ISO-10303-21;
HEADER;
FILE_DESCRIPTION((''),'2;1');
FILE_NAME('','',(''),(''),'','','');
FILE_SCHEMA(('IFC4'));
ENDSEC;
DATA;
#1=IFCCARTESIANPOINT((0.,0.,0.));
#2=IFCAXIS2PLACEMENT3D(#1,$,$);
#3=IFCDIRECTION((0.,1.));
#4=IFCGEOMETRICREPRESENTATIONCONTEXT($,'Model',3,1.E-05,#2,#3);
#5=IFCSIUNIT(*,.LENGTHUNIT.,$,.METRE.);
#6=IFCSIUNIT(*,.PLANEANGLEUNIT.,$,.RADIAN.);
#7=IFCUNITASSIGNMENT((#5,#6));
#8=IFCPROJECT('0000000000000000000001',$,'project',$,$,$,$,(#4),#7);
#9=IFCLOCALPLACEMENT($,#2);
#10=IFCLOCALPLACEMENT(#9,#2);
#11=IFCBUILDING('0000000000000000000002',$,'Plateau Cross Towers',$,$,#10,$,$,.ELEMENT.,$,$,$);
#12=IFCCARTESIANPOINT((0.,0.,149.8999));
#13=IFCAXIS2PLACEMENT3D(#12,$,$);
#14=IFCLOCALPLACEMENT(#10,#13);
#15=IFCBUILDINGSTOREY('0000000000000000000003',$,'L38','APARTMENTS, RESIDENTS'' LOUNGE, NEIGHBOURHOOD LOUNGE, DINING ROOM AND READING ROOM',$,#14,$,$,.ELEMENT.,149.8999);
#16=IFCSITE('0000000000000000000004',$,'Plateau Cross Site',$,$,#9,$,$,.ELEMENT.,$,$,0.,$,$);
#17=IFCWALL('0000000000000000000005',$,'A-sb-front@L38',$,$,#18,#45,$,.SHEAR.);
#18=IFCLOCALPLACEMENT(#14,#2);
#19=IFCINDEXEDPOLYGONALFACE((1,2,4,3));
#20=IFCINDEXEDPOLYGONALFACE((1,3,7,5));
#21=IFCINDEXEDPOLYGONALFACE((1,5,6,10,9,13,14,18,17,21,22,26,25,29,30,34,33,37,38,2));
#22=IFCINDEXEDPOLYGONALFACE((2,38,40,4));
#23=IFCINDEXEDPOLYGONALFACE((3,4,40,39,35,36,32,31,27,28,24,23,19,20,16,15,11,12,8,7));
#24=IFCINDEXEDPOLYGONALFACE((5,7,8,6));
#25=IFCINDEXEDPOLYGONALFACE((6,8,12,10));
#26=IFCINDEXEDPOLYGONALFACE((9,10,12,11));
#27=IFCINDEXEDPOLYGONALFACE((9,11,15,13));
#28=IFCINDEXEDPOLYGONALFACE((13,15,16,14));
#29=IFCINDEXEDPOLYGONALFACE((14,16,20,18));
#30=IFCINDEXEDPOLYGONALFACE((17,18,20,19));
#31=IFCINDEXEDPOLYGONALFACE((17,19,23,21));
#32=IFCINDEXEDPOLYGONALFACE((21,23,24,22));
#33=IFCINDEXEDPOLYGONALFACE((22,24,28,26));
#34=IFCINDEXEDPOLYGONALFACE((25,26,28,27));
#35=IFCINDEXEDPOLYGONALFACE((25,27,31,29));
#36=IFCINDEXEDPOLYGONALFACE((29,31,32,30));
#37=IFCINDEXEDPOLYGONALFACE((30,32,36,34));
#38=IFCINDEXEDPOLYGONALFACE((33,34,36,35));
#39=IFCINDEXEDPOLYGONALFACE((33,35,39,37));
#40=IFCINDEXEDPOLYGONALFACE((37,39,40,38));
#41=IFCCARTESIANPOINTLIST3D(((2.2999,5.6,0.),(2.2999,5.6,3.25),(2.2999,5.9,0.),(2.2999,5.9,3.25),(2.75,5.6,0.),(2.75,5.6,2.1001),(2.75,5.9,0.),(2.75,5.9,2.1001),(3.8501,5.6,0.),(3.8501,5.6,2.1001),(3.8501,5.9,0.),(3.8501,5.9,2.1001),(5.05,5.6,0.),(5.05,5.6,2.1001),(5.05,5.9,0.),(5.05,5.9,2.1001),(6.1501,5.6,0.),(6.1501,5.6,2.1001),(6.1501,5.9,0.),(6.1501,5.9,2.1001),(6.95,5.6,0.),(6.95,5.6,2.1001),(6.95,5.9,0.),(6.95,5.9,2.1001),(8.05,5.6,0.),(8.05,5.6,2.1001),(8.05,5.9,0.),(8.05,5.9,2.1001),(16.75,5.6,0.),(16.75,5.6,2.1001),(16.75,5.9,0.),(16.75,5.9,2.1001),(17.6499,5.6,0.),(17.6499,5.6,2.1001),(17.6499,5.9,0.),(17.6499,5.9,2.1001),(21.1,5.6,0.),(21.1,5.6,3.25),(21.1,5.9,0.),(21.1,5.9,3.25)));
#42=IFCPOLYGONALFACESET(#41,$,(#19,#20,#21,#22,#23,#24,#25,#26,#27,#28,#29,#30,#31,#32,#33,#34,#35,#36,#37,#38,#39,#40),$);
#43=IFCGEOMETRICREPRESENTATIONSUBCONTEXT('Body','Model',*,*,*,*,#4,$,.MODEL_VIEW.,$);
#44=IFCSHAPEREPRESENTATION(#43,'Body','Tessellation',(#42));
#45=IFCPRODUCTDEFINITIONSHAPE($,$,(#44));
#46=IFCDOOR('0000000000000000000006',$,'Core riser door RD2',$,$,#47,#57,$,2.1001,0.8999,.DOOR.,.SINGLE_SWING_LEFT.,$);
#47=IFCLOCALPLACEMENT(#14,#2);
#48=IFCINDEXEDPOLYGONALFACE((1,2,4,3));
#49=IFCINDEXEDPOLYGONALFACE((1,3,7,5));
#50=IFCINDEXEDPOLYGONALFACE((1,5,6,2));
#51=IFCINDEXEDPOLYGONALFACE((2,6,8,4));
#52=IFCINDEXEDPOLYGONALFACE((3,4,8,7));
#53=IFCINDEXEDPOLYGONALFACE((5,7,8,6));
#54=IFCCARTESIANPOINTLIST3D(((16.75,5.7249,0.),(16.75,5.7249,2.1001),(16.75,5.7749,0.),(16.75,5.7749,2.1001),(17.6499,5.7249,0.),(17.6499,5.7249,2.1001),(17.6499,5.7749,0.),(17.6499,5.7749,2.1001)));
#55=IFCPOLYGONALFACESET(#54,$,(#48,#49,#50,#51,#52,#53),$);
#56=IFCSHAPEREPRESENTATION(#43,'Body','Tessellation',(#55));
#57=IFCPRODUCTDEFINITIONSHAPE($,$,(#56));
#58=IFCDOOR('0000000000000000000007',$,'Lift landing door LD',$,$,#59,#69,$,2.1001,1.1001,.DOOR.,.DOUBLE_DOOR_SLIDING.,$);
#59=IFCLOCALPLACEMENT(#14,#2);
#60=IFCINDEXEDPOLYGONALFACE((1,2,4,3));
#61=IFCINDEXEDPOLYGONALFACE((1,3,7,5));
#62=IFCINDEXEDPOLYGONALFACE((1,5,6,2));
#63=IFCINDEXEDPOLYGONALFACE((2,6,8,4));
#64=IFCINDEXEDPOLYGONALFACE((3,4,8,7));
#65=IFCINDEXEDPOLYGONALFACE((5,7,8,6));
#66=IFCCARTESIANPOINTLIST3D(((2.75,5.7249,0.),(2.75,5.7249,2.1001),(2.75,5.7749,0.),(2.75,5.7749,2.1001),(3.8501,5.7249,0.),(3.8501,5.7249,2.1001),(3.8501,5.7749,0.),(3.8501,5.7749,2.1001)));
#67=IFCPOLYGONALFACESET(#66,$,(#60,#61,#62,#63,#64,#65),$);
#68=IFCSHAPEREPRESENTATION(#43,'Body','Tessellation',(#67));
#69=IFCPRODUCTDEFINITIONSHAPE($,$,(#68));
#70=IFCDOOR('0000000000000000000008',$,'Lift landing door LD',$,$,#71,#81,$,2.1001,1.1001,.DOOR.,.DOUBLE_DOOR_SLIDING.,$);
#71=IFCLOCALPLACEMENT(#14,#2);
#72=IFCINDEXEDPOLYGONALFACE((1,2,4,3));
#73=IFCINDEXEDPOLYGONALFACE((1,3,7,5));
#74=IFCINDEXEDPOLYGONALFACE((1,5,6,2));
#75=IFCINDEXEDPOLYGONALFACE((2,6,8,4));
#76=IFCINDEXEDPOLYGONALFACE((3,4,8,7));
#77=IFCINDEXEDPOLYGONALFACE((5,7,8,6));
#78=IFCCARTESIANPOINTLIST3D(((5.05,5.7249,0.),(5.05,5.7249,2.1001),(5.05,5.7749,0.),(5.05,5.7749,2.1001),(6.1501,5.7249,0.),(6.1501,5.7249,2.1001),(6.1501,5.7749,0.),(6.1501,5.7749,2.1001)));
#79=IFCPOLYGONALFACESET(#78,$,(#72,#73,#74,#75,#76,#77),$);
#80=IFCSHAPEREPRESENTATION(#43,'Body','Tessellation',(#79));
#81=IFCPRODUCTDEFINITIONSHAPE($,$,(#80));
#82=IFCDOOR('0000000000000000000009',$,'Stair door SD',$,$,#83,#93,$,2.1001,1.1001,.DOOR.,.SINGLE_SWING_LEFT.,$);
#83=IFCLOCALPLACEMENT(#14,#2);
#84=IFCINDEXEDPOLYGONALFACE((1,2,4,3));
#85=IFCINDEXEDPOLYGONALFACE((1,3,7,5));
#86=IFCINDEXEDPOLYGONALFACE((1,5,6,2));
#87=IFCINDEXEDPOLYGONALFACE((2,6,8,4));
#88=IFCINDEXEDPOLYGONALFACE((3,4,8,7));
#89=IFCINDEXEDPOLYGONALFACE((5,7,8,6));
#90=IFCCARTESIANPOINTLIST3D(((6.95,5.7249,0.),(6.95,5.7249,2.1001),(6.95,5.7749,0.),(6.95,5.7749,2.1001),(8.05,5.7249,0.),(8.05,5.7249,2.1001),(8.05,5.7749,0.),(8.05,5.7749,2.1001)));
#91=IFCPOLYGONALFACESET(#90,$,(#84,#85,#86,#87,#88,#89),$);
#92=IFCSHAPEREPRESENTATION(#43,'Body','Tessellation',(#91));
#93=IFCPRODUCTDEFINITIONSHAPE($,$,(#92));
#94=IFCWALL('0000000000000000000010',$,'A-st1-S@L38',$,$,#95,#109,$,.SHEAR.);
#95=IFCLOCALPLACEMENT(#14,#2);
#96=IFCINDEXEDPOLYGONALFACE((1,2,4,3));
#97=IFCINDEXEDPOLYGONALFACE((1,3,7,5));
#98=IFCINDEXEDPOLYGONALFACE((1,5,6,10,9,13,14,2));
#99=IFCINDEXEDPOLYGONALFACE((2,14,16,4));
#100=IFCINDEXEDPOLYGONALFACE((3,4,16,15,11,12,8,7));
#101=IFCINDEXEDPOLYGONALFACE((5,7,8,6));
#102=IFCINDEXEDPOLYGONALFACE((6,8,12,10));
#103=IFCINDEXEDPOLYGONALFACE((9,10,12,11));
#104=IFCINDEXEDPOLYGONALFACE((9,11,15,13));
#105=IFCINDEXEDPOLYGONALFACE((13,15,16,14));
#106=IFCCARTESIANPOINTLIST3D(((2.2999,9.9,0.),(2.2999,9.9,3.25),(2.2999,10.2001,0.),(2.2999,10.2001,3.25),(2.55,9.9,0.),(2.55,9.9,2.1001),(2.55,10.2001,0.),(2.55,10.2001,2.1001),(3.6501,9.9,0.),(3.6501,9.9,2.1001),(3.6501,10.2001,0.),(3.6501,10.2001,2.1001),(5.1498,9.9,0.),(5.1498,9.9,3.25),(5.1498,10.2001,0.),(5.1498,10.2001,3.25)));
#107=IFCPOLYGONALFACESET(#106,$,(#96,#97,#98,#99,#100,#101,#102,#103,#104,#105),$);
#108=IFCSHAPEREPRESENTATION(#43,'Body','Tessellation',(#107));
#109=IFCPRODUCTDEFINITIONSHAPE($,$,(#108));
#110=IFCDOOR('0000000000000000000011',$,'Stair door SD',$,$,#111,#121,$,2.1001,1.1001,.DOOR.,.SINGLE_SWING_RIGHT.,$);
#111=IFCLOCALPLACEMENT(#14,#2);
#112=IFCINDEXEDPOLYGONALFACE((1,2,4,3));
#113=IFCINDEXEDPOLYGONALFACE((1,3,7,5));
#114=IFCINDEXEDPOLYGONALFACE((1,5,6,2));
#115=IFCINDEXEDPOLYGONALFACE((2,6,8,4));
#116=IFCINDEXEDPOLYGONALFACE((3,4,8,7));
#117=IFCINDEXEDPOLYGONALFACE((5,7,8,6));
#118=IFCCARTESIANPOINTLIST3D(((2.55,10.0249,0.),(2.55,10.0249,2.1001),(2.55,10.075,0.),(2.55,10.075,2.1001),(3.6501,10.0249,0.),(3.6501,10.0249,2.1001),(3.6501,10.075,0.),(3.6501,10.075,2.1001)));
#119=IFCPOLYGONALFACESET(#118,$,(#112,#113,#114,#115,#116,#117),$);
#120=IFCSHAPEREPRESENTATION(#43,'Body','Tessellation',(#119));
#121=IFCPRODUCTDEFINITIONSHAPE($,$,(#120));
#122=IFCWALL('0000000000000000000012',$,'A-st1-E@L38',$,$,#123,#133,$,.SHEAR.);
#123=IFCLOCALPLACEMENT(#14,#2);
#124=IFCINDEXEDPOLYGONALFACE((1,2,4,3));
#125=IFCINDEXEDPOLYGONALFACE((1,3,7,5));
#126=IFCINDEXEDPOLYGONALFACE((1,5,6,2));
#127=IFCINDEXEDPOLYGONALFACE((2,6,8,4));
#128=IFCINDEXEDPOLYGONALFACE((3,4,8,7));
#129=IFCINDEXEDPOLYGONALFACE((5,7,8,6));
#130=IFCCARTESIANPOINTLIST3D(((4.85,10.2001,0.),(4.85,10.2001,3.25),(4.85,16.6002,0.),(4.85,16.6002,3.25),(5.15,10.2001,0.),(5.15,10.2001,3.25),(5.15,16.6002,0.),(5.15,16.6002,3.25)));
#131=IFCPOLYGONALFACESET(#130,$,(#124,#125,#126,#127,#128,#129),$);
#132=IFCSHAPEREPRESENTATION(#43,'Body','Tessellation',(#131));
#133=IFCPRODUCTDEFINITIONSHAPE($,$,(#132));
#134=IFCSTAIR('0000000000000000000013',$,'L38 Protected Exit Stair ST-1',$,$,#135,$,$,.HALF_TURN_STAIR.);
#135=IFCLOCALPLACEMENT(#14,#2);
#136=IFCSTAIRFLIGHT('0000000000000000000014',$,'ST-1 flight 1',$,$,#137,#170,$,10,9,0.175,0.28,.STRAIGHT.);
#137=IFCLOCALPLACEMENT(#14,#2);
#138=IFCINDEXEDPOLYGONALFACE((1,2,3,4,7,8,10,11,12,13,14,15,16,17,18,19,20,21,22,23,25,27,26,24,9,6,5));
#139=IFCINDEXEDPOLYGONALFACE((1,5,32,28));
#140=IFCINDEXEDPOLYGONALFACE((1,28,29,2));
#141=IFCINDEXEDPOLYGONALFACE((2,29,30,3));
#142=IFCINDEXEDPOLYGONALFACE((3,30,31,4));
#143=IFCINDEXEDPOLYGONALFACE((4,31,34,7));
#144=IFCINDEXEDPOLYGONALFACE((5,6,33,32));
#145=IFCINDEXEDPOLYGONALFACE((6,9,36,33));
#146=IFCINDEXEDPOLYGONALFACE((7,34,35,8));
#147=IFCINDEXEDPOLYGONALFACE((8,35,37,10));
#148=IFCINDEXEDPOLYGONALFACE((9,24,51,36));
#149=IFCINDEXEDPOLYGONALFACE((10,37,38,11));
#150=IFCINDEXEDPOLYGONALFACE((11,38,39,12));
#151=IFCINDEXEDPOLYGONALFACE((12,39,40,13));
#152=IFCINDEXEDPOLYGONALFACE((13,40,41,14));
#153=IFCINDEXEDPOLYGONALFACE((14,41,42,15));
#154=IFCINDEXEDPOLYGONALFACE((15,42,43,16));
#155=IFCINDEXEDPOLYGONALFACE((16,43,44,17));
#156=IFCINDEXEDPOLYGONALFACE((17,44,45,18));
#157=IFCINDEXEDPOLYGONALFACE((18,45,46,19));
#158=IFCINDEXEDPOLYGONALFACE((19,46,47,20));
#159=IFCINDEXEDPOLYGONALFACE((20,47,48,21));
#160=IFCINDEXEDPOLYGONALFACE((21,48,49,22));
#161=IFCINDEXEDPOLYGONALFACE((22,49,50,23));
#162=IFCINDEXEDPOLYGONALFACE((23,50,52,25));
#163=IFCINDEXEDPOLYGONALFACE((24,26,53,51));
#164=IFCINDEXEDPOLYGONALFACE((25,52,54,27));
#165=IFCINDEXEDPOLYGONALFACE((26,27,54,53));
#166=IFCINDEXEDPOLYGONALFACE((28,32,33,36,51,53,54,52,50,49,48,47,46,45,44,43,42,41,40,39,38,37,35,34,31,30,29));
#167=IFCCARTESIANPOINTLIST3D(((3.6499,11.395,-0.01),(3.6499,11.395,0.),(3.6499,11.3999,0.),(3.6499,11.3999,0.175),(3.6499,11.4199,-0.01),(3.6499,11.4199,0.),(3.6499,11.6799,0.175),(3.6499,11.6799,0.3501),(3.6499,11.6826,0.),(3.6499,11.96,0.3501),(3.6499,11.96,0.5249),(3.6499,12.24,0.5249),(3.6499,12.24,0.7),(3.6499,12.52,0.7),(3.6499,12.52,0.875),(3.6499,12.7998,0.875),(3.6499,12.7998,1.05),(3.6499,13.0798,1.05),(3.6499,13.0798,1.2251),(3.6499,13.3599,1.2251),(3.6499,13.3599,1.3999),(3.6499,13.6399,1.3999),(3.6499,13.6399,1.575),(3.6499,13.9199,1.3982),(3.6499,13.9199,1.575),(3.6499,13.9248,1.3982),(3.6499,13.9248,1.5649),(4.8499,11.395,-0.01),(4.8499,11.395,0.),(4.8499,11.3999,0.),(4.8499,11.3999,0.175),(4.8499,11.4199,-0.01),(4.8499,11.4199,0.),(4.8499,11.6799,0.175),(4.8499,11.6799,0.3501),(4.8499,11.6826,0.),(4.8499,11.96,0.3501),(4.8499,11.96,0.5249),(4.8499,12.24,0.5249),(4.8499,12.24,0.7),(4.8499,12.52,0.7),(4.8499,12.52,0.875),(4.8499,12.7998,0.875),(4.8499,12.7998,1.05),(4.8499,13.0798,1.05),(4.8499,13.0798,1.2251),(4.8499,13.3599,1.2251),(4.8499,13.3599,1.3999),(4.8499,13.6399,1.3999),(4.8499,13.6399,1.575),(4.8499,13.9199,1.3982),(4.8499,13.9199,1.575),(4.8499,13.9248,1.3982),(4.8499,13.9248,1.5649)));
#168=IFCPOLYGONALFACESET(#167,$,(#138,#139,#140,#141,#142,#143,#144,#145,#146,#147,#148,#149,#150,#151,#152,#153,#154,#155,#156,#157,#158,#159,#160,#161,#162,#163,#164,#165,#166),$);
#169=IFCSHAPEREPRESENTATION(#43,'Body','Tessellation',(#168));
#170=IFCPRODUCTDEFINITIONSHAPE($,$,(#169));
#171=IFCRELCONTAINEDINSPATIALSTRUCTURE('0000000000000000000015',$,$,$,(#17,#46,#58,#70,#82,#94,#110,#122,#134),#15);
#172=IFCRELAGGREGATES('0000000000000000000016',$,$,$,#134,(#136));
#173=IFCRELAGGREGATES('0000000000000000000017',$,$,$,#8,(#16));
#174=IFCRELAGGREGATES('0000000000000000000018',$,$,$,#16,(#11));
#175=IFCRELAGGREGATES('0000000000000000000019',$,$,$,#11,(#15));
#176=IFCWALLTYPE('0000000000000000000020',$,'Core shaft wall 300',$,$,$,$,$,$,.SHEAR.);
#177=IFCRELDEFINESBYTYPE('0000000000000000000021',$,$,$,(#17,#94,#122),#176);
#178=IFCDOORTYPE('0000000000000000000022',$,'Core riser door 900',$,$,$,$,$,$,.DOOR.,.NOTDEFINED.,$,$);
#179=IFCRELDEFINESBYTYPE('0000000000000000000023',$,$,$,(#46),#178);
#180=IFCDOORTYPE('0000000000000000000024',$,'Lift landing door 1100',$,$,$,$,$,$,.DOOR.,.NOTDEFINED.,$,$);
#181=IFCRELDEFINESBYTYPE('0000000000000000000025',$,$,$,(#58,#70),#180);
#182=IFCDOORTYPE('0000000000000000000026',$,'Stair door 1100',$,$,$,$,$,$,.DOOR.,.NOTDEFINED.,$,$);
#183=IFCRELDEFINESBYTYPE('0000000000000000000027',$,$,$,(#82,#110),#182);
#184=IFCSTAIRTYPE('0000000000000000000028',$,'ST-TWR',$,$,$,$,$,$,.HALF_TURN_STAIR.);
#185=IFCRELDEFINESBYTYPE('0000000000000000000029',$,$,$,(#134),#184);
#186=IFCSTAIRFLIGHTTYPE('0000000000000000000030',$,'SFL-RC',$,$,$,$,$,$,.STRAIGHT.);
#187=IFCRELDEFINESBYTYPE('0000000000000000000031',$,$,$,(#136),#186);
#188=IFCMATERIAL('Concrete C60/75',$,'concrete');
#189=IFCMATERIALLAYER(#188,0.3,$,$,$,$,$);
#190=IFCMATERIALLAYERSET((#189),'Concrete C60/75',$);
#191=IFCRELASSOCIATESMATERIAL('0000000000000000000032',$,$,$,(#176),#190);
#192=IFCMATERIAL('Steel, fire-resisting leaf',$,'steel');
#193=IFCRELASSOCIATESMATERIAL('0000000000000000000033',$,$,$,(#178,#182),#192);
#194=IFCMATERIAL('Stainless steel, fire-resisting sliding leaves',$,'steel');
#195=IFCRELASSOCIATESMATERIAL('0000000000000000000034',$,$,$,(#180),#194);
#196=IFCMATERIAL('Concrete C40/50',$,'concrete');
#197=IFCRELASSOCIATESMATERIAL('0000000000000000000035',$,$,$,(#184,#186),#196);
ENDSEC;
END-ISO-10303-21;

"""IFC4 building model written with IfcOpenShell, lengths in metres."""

from ifc_helpers import new_model, si_unit, direction, frame, frame_2d, origin, place, context, subcontext, project, spatial, polyline, rectangle, outline, extrude, material, layer, layer_set, type_object, element, fill, aggregate, save


model = new_model("IFC4")

# Units and contexts
model_context = context("Model", 3, precision=1e-05, world=origin(), true_north=direction((0.0, 1.0)))
body_context = subcontext(model_context, "Body", "Model", "MODEL_VIEW")
ifc_project = project(units=[si_unit("LENGTHUNIT", "METRE"), si_unit("PLANEANGLEUNIT", "RADIAN")], contexts=[model_context])

# Site, building, storey
site_placement = place(None, origin())
site = spatial("IfcSite", under=ifc_project, at=site_placement, Name="Plateau Cross Site", CompositionType="ELEMENT", RefElevation=0.0)
building_placement = place(site_placement, origin())
building = spatial("IfcBuilding", under=site, at=building_placement, Name="Plateau Cross Towers", CompositionType="ELEMENT")
storey_placement = place(building_placement, frame((0.0, 0.0, 149.8999)))
storey = spatial("IfcBuildingStorey", under=building, at=storey_placement, Name="L38", Description="APARTMENTS, RESIDENTS' LOUNGE, NEIGHBOURHOOD LOUNGE, DINING ROOM AND READING ROOM", CompositionType="ELEMENT", Elevation=149.8999)

# Shared definitions
ifc_material_1 = material(Name="Steel, fire-resisting leaf", Category="steel")

# Wall, openings, doors
ifc_material_2 = material(Name="Concrete C60/75", Category="concrete")
ifc_layer_1 = layer(ifc_material_2, 0.3)
ifc_layer_set_1 = layer_set([ifc_layer_1], Name="Concrete C60/75")
wall_type_1 = type_object("IfcWallType", Name="Core shaft wall 300", PredefinedType="SHEAR", material=ifc_layer_set_1)
wall_1_placement = place(storey_placement, frame((2.3, 5.75, 0.0), z_axis=(0.0, 0.0, 1.0), x_axis=(1.0, 0.0, 0.0)))
wall_1 = element("IfcWall", 1, at=wall_1_placement, inside=storey, type_object=wall_type_1, Name="A-sb-front@L38", PredefinedType="SHEAR", context=body_context, shape_type="SweptSolid", body=[
    extrude(rectangle(XDim=18.8, YDim=0.3, at=frame_2d((9.3999, 0.0))), origin(), (0.0, 0.0, 1.0), 3.25),
])
opening_1_placement = place(wall_1_placement, frame((4.6499, 0.0, 0.0)))
opening_1 = element("IfcOpeningElement", 2, at=opening_1_placement, cuts=wall_1, PredefinedType="OPENING", context=body_context, shape_type="SweptSolid", body=[
    extrude(rectangle(XDim=1.1001, YDim=2.1001, at=frame_2d((0.55, 1.05))), frame((0.0, 0.1599, 0.0), z_axis=(0.0, -1.0, 0.0), x_axis=(1.0, 0.0, 0.0)), (0.0, 0.0, 1.0), 0.3201),
])
opening_2_placement = place(wall_1_placement, frame((0.45, 0.0, 0.0)))
opening_2 = element("IfcOpeningElement", 3, at=opening_2_placement, cuts=wall_1, PredefinedType="OPENING", context=body_context, shape_type="SweptSolid", body=[
    extrude(rectangle(XDim=1.1001, YDim=2.1001, at=frame_2d((0.55, 1.05))), frame((0.0, 0.1599, 0.0), z_axis=(0.0, -1.0, 0.0), x_axis=(1.0, 0.0, 0.0)), (0.0, 0.0, 1.0), 0.3201),
])
opening_3_placement = place(wall_1_placement, frame((2.75, 0.0, 0.0)))
opening_3 = element("IfcOpeningElement", 4, at=opening_3_placement, cuts=wall_1, PredefinedType="OPENING", context=body_context, shape_type="SweptSolid", body=[
    extrude(rectangle(XDim=1.1001, YDim=2.1001, at=frame_2d((0.55, 1.05))), frame((0.0, 0.1599, 0.0), z_axis=(0.0, -1.0, 0.0), x_axis=(1.0, 0.0, 0.0)), (0.0, 0.0, 1.0), 0.3201),
])
opening_4_placement = place(wall_1_placement, frame((14.45, 0.0, 0.0)))
opening_4 = element("IfcOpeningElement", 5, at=opening_4_placement, cuts=wall_1, PredefinedType="OPENING", context=body_context, shape_type="SweptSolid", body=[
    extrude(rectangle(XDim=0.8999, YDim=2.1001, at=frame_2d((0.45, 1.05))), frame((0.0, 0.1599, 0.0), z_axis=(0.0, -1.0, 0.0), x_axis=(1.0, 0.0, 0.0)), (0.0, 0.0, 1.0), 0.3201),
])
door_type_1 = type_object("IfcDoorType", Name="Core riser door 900", OperationType="NOTDEFINED", PredefinedType="DOOR", material=ifc_material_1)
door_1_placement = place(opening_4_placement, origin())
door_1 = element("IfcDoor", 6, at=door_1_placement, inside=storey, type_object=door_type_1, Name="Core riser door RD2", OperationType="SINGLE_SWING_LEFT", OverallHeight=2.1001, OverallWidth=0.8999, PredefinedType="DOOR", context=body_context, shape_type="SweptSolid", body=[
    extrude(rectangle(XDim=0.8999, YDim=2.1001, at=frame_2d((0.45, 1.05))), frame((0.0, 0.0249, 0.0), z_axis=(0.0, -1.0, 0.0), x_axis=(1.0, 0.0, 0.0)), (0.0, 0.0, 1.0), 0.05),
])
fill(opening_4, door_1)
ifc_material_3 = material(Name="Stainless steel, fire-resisting sliding leaves", Category="steel")
door_type_2 = type_object("IfcDoorType", Name="Lift landing door 1100", OperationType="NOTDEFINED", PredefinedType="DOOR", material=ifc_material_3)
door_2_placement = place(opening_2_placement, origin())
door_2 = element("IfcDoor", 7, at=door_2_placement, inside=storey, type_object=door_type_2, Name="Lift landing door LD", OperationType="DOUBLE_DOOR_SLIDING", OverallHeight=2.1001, OverallWidth=1.1001, PredefinedType="DOOR", context=body_context, shape_type="SweptSolid", body=[
    extrude(rectangle(XDim=1.1001, YDim=2.1001, at=frame_2d((0.55, 1.05))), frame((0.0, 0.0249, 0.0), z_axis=(0.0, -1.0, 0.0), x_axis=(1.0, 0.0, 0.0)), (0.0, 0.0, 1.0), 0.05),
])
fill(opening_2, door_2)
door_3_placement = place(opening_3_placement, origin())
door_3 = element("IfcDoor", 8, at=door_3_placement, inside=storey, type_object=door_type_2, Name="Lift landing door LD", OperationType="DOUBLE_DOOR_SLIDING", OverallHeight=2.1001, OverallWidth=1.1001, PredefinedType="DOOR", context=body_context, shape_type="SweptSolid", body=[
    extrude(rectangle(XDim=1.1001, YDim=2.1001, at=frame_2d((0.55, 1.05))), frame((0.0, 0.0249, 0.0), z_axis=(0.0, -1.0, 0.0), x_axis=(1.0, 0.0, 0.0)), (0.0, 0.0, 1.0), 0.05),
])
fill(opening_3, door_3)
door_type_3 = type_object("IfcDoorType", Name="Stair door 1100", OperationType="NOTDEFINED", PredefinedType="DOOR", material=ifc_material_1)
door_4_placement = place(opening_1_placement, origin())
door_4 = element("IfcDoor", 9, at=door_4_placement, inside=storey, type_object=door_type_3, Name="Stair door SD", OperationType="SINGLE_SWING_LEFT", OverallHeight=2.1001, OverallWidth=1.1001, PredefinedType="DOOR", context=body_context, shape_type="SweptSolid", body=[
    extrude(rectangle(XDim=1.1001, YDim=2.1001, at=frame_2d((0.55, 1.05))), frame((0.0, 0.0249, 0.0), z_axis=(0.0, -1.0, 0.0), x_axis=(1.0, 0.0, 0.0)), (0.0, 0.0, 1.0), 0.05),
])
fill(opening_1, door_4)

# Wall, opening, door
wall_2_placement = place(storey_placement, frame((2.3, 10.05, 0.0), z_axis=(0.0, 0.0, 1.0), x_axis=(1.0, 0.0, 0.0)))
wall_2 = element("IfcWall", 10, at=wall_2_placement, inside=storey, type_object=wall_type_1, Name="A-st1-S@L38", PredefinedType="SHEAR", context=body_context, shape_type="SweptSolid", body=[
    extrude(rectangle(XDim=2.8499, YDim=0.3, at=frame_2d((1.4248, 0.0))), origin(), (0.0, 0.0, 1.0), 3.25),
])
opening_5_placement = place(wall_2_placement, frame((0.25, 0.0, 0.0)))
opening_5 = element("IfcOpeningElement", 11, at=opening_5_placement, cuts=wall_2, PredefinedType="OPENING", context=body_context, shape_type="SweptSolid", body=[
    extrude(rectangle(XDim=1.1001, YDim=2.1001, at=frame_2d((0.55, 1.05))), frame((0.0, 0.1599, 0.0), z_axis=(0.0, -1.0, 0.0), x_axis=(1.0, 0.0, 0.0)), (0.0, 0.0, 1.0), 0.3201),
])
door_5_placement = place(opening_5_placement, origin())
door_5 = element("IfcDoor", 12, at=door_5_placement, inside=storey, type_object=door_type_3, Name="Stair door SD", OperationType="SINGLE_SWING_RIGHT", OverallHeight=2.1001, OverallWidth=1.1001, PredefinedType="DOOR", context=body_context, shape_type="SweptSolid", body=[
    extrude(rectangle(XDim=1.1001, YDim=2.1001, at=frame_2d((0.55, 1.05))), frame((0.0, 0.0249, 0.0), z_axis=(0.0, -1.0, 0.0), x_axis=(1.0, 0.0, 0.0)), (0.0, 0.0, 1.0), 0.05),
])
fill(opening_5, door_5)

# Wall
wall_3_placement = place(storey_placement, frame((5.0, 10.2, 0.0), z_axis=(0.0, 0.0, 1.0), x_axis=(0.0, 1.0, 0.0)))
element("IfcWall", 13, at=wall_3_placement, inside=storey, type_object=wall_type_1, Name="A-st1-E@L38", PredefinedType="SHEAR", context=body_context, shape_type="SweptSolid", body=[
    extrude(rectangle(XDim=6.4001, YDim=0.3, at=frame_2d((3.2002, 0.0))), origin(), (0.0, 0.0, 1.0), 3.25),
])

# Stair, stair flight
ifc_material_4 = material(Name="Concrete C40/50", Category="concrete")
stair_type = type_object("IfcStairType", Name="ST-TWR", PredefinedType="HALF_TURN_STAIR", material=ifc_material_4)
stair_1_placement = place(storey_placement, origin())
stair_1 = element("IfcStair", 14, at=stair_1_placement, inside=storey, type_object=stair_type, Name="L38 Protected Exit Stair ST-1", PredefinedType="HALF_TURN_STAIR")
stair_flight_type = type_object("IfcStairFlightType", Name="SFL-RC", PredefinedType="STRAIGHT", material=ifc_material_4)
stair_flight_1_placement = place(storey_placement, frame((4.25, 11.3999, 0.0), z_axis=(0.0, 0.0, 1.0), x_axis=(0.0, 1.0, 0.0)))
stair_flight_1 = element("IfcStairFlight", 15, at=stair_flight_1_placement, type_object=stair_flight_type, Name="ST-1 flight 1", NumberOfRisers=10, NumberOfTreads=9, PredefinedType="STRAIGHT", RiserHeight=0.175, TreadLength=0.28, context=body_context, shape_type="SweptSolid", body=[
    extrude(outline(polyline([(-0.0049, -0.01), (-0.0049, 0.0), (0.0, 0.0), (0.0, 0.175), (0.28, 0.175), (0.28, 0.3501), (0.5601, 0.3501), (0.5601, 0.5249), (0.8401, 0.5249), (0.8401, 0.7), (1.1201, 0.7), (1.1201, 0.875), (1.3999, 0.875), (1.3999, 1.05), (1.6799, 1.05), (1.6799, 1.2251), (1.96, 1.2251), (1.96, 1.3999), (2.24, 1.3999), (2.24, 1.575), (2.52, 1.575), (2.5249, 1.5649), (2.5249, 1.3982), (2.52, 1.3982), (0.2827, 0.0), (0.02, 0.0), (0.02, -0.01), (-0.0049, -0.01)])), frame((0.0, 0.6001, 0.0), z_axis=(0.0, -1.0, 0.0), x_axis=(1.0, 0.0, 0.0)), (0.0, 0.0, 1.0), 1.2),
])
aggregate(stair_1, [stair_flight_1])

save(model, "model.ifc")
